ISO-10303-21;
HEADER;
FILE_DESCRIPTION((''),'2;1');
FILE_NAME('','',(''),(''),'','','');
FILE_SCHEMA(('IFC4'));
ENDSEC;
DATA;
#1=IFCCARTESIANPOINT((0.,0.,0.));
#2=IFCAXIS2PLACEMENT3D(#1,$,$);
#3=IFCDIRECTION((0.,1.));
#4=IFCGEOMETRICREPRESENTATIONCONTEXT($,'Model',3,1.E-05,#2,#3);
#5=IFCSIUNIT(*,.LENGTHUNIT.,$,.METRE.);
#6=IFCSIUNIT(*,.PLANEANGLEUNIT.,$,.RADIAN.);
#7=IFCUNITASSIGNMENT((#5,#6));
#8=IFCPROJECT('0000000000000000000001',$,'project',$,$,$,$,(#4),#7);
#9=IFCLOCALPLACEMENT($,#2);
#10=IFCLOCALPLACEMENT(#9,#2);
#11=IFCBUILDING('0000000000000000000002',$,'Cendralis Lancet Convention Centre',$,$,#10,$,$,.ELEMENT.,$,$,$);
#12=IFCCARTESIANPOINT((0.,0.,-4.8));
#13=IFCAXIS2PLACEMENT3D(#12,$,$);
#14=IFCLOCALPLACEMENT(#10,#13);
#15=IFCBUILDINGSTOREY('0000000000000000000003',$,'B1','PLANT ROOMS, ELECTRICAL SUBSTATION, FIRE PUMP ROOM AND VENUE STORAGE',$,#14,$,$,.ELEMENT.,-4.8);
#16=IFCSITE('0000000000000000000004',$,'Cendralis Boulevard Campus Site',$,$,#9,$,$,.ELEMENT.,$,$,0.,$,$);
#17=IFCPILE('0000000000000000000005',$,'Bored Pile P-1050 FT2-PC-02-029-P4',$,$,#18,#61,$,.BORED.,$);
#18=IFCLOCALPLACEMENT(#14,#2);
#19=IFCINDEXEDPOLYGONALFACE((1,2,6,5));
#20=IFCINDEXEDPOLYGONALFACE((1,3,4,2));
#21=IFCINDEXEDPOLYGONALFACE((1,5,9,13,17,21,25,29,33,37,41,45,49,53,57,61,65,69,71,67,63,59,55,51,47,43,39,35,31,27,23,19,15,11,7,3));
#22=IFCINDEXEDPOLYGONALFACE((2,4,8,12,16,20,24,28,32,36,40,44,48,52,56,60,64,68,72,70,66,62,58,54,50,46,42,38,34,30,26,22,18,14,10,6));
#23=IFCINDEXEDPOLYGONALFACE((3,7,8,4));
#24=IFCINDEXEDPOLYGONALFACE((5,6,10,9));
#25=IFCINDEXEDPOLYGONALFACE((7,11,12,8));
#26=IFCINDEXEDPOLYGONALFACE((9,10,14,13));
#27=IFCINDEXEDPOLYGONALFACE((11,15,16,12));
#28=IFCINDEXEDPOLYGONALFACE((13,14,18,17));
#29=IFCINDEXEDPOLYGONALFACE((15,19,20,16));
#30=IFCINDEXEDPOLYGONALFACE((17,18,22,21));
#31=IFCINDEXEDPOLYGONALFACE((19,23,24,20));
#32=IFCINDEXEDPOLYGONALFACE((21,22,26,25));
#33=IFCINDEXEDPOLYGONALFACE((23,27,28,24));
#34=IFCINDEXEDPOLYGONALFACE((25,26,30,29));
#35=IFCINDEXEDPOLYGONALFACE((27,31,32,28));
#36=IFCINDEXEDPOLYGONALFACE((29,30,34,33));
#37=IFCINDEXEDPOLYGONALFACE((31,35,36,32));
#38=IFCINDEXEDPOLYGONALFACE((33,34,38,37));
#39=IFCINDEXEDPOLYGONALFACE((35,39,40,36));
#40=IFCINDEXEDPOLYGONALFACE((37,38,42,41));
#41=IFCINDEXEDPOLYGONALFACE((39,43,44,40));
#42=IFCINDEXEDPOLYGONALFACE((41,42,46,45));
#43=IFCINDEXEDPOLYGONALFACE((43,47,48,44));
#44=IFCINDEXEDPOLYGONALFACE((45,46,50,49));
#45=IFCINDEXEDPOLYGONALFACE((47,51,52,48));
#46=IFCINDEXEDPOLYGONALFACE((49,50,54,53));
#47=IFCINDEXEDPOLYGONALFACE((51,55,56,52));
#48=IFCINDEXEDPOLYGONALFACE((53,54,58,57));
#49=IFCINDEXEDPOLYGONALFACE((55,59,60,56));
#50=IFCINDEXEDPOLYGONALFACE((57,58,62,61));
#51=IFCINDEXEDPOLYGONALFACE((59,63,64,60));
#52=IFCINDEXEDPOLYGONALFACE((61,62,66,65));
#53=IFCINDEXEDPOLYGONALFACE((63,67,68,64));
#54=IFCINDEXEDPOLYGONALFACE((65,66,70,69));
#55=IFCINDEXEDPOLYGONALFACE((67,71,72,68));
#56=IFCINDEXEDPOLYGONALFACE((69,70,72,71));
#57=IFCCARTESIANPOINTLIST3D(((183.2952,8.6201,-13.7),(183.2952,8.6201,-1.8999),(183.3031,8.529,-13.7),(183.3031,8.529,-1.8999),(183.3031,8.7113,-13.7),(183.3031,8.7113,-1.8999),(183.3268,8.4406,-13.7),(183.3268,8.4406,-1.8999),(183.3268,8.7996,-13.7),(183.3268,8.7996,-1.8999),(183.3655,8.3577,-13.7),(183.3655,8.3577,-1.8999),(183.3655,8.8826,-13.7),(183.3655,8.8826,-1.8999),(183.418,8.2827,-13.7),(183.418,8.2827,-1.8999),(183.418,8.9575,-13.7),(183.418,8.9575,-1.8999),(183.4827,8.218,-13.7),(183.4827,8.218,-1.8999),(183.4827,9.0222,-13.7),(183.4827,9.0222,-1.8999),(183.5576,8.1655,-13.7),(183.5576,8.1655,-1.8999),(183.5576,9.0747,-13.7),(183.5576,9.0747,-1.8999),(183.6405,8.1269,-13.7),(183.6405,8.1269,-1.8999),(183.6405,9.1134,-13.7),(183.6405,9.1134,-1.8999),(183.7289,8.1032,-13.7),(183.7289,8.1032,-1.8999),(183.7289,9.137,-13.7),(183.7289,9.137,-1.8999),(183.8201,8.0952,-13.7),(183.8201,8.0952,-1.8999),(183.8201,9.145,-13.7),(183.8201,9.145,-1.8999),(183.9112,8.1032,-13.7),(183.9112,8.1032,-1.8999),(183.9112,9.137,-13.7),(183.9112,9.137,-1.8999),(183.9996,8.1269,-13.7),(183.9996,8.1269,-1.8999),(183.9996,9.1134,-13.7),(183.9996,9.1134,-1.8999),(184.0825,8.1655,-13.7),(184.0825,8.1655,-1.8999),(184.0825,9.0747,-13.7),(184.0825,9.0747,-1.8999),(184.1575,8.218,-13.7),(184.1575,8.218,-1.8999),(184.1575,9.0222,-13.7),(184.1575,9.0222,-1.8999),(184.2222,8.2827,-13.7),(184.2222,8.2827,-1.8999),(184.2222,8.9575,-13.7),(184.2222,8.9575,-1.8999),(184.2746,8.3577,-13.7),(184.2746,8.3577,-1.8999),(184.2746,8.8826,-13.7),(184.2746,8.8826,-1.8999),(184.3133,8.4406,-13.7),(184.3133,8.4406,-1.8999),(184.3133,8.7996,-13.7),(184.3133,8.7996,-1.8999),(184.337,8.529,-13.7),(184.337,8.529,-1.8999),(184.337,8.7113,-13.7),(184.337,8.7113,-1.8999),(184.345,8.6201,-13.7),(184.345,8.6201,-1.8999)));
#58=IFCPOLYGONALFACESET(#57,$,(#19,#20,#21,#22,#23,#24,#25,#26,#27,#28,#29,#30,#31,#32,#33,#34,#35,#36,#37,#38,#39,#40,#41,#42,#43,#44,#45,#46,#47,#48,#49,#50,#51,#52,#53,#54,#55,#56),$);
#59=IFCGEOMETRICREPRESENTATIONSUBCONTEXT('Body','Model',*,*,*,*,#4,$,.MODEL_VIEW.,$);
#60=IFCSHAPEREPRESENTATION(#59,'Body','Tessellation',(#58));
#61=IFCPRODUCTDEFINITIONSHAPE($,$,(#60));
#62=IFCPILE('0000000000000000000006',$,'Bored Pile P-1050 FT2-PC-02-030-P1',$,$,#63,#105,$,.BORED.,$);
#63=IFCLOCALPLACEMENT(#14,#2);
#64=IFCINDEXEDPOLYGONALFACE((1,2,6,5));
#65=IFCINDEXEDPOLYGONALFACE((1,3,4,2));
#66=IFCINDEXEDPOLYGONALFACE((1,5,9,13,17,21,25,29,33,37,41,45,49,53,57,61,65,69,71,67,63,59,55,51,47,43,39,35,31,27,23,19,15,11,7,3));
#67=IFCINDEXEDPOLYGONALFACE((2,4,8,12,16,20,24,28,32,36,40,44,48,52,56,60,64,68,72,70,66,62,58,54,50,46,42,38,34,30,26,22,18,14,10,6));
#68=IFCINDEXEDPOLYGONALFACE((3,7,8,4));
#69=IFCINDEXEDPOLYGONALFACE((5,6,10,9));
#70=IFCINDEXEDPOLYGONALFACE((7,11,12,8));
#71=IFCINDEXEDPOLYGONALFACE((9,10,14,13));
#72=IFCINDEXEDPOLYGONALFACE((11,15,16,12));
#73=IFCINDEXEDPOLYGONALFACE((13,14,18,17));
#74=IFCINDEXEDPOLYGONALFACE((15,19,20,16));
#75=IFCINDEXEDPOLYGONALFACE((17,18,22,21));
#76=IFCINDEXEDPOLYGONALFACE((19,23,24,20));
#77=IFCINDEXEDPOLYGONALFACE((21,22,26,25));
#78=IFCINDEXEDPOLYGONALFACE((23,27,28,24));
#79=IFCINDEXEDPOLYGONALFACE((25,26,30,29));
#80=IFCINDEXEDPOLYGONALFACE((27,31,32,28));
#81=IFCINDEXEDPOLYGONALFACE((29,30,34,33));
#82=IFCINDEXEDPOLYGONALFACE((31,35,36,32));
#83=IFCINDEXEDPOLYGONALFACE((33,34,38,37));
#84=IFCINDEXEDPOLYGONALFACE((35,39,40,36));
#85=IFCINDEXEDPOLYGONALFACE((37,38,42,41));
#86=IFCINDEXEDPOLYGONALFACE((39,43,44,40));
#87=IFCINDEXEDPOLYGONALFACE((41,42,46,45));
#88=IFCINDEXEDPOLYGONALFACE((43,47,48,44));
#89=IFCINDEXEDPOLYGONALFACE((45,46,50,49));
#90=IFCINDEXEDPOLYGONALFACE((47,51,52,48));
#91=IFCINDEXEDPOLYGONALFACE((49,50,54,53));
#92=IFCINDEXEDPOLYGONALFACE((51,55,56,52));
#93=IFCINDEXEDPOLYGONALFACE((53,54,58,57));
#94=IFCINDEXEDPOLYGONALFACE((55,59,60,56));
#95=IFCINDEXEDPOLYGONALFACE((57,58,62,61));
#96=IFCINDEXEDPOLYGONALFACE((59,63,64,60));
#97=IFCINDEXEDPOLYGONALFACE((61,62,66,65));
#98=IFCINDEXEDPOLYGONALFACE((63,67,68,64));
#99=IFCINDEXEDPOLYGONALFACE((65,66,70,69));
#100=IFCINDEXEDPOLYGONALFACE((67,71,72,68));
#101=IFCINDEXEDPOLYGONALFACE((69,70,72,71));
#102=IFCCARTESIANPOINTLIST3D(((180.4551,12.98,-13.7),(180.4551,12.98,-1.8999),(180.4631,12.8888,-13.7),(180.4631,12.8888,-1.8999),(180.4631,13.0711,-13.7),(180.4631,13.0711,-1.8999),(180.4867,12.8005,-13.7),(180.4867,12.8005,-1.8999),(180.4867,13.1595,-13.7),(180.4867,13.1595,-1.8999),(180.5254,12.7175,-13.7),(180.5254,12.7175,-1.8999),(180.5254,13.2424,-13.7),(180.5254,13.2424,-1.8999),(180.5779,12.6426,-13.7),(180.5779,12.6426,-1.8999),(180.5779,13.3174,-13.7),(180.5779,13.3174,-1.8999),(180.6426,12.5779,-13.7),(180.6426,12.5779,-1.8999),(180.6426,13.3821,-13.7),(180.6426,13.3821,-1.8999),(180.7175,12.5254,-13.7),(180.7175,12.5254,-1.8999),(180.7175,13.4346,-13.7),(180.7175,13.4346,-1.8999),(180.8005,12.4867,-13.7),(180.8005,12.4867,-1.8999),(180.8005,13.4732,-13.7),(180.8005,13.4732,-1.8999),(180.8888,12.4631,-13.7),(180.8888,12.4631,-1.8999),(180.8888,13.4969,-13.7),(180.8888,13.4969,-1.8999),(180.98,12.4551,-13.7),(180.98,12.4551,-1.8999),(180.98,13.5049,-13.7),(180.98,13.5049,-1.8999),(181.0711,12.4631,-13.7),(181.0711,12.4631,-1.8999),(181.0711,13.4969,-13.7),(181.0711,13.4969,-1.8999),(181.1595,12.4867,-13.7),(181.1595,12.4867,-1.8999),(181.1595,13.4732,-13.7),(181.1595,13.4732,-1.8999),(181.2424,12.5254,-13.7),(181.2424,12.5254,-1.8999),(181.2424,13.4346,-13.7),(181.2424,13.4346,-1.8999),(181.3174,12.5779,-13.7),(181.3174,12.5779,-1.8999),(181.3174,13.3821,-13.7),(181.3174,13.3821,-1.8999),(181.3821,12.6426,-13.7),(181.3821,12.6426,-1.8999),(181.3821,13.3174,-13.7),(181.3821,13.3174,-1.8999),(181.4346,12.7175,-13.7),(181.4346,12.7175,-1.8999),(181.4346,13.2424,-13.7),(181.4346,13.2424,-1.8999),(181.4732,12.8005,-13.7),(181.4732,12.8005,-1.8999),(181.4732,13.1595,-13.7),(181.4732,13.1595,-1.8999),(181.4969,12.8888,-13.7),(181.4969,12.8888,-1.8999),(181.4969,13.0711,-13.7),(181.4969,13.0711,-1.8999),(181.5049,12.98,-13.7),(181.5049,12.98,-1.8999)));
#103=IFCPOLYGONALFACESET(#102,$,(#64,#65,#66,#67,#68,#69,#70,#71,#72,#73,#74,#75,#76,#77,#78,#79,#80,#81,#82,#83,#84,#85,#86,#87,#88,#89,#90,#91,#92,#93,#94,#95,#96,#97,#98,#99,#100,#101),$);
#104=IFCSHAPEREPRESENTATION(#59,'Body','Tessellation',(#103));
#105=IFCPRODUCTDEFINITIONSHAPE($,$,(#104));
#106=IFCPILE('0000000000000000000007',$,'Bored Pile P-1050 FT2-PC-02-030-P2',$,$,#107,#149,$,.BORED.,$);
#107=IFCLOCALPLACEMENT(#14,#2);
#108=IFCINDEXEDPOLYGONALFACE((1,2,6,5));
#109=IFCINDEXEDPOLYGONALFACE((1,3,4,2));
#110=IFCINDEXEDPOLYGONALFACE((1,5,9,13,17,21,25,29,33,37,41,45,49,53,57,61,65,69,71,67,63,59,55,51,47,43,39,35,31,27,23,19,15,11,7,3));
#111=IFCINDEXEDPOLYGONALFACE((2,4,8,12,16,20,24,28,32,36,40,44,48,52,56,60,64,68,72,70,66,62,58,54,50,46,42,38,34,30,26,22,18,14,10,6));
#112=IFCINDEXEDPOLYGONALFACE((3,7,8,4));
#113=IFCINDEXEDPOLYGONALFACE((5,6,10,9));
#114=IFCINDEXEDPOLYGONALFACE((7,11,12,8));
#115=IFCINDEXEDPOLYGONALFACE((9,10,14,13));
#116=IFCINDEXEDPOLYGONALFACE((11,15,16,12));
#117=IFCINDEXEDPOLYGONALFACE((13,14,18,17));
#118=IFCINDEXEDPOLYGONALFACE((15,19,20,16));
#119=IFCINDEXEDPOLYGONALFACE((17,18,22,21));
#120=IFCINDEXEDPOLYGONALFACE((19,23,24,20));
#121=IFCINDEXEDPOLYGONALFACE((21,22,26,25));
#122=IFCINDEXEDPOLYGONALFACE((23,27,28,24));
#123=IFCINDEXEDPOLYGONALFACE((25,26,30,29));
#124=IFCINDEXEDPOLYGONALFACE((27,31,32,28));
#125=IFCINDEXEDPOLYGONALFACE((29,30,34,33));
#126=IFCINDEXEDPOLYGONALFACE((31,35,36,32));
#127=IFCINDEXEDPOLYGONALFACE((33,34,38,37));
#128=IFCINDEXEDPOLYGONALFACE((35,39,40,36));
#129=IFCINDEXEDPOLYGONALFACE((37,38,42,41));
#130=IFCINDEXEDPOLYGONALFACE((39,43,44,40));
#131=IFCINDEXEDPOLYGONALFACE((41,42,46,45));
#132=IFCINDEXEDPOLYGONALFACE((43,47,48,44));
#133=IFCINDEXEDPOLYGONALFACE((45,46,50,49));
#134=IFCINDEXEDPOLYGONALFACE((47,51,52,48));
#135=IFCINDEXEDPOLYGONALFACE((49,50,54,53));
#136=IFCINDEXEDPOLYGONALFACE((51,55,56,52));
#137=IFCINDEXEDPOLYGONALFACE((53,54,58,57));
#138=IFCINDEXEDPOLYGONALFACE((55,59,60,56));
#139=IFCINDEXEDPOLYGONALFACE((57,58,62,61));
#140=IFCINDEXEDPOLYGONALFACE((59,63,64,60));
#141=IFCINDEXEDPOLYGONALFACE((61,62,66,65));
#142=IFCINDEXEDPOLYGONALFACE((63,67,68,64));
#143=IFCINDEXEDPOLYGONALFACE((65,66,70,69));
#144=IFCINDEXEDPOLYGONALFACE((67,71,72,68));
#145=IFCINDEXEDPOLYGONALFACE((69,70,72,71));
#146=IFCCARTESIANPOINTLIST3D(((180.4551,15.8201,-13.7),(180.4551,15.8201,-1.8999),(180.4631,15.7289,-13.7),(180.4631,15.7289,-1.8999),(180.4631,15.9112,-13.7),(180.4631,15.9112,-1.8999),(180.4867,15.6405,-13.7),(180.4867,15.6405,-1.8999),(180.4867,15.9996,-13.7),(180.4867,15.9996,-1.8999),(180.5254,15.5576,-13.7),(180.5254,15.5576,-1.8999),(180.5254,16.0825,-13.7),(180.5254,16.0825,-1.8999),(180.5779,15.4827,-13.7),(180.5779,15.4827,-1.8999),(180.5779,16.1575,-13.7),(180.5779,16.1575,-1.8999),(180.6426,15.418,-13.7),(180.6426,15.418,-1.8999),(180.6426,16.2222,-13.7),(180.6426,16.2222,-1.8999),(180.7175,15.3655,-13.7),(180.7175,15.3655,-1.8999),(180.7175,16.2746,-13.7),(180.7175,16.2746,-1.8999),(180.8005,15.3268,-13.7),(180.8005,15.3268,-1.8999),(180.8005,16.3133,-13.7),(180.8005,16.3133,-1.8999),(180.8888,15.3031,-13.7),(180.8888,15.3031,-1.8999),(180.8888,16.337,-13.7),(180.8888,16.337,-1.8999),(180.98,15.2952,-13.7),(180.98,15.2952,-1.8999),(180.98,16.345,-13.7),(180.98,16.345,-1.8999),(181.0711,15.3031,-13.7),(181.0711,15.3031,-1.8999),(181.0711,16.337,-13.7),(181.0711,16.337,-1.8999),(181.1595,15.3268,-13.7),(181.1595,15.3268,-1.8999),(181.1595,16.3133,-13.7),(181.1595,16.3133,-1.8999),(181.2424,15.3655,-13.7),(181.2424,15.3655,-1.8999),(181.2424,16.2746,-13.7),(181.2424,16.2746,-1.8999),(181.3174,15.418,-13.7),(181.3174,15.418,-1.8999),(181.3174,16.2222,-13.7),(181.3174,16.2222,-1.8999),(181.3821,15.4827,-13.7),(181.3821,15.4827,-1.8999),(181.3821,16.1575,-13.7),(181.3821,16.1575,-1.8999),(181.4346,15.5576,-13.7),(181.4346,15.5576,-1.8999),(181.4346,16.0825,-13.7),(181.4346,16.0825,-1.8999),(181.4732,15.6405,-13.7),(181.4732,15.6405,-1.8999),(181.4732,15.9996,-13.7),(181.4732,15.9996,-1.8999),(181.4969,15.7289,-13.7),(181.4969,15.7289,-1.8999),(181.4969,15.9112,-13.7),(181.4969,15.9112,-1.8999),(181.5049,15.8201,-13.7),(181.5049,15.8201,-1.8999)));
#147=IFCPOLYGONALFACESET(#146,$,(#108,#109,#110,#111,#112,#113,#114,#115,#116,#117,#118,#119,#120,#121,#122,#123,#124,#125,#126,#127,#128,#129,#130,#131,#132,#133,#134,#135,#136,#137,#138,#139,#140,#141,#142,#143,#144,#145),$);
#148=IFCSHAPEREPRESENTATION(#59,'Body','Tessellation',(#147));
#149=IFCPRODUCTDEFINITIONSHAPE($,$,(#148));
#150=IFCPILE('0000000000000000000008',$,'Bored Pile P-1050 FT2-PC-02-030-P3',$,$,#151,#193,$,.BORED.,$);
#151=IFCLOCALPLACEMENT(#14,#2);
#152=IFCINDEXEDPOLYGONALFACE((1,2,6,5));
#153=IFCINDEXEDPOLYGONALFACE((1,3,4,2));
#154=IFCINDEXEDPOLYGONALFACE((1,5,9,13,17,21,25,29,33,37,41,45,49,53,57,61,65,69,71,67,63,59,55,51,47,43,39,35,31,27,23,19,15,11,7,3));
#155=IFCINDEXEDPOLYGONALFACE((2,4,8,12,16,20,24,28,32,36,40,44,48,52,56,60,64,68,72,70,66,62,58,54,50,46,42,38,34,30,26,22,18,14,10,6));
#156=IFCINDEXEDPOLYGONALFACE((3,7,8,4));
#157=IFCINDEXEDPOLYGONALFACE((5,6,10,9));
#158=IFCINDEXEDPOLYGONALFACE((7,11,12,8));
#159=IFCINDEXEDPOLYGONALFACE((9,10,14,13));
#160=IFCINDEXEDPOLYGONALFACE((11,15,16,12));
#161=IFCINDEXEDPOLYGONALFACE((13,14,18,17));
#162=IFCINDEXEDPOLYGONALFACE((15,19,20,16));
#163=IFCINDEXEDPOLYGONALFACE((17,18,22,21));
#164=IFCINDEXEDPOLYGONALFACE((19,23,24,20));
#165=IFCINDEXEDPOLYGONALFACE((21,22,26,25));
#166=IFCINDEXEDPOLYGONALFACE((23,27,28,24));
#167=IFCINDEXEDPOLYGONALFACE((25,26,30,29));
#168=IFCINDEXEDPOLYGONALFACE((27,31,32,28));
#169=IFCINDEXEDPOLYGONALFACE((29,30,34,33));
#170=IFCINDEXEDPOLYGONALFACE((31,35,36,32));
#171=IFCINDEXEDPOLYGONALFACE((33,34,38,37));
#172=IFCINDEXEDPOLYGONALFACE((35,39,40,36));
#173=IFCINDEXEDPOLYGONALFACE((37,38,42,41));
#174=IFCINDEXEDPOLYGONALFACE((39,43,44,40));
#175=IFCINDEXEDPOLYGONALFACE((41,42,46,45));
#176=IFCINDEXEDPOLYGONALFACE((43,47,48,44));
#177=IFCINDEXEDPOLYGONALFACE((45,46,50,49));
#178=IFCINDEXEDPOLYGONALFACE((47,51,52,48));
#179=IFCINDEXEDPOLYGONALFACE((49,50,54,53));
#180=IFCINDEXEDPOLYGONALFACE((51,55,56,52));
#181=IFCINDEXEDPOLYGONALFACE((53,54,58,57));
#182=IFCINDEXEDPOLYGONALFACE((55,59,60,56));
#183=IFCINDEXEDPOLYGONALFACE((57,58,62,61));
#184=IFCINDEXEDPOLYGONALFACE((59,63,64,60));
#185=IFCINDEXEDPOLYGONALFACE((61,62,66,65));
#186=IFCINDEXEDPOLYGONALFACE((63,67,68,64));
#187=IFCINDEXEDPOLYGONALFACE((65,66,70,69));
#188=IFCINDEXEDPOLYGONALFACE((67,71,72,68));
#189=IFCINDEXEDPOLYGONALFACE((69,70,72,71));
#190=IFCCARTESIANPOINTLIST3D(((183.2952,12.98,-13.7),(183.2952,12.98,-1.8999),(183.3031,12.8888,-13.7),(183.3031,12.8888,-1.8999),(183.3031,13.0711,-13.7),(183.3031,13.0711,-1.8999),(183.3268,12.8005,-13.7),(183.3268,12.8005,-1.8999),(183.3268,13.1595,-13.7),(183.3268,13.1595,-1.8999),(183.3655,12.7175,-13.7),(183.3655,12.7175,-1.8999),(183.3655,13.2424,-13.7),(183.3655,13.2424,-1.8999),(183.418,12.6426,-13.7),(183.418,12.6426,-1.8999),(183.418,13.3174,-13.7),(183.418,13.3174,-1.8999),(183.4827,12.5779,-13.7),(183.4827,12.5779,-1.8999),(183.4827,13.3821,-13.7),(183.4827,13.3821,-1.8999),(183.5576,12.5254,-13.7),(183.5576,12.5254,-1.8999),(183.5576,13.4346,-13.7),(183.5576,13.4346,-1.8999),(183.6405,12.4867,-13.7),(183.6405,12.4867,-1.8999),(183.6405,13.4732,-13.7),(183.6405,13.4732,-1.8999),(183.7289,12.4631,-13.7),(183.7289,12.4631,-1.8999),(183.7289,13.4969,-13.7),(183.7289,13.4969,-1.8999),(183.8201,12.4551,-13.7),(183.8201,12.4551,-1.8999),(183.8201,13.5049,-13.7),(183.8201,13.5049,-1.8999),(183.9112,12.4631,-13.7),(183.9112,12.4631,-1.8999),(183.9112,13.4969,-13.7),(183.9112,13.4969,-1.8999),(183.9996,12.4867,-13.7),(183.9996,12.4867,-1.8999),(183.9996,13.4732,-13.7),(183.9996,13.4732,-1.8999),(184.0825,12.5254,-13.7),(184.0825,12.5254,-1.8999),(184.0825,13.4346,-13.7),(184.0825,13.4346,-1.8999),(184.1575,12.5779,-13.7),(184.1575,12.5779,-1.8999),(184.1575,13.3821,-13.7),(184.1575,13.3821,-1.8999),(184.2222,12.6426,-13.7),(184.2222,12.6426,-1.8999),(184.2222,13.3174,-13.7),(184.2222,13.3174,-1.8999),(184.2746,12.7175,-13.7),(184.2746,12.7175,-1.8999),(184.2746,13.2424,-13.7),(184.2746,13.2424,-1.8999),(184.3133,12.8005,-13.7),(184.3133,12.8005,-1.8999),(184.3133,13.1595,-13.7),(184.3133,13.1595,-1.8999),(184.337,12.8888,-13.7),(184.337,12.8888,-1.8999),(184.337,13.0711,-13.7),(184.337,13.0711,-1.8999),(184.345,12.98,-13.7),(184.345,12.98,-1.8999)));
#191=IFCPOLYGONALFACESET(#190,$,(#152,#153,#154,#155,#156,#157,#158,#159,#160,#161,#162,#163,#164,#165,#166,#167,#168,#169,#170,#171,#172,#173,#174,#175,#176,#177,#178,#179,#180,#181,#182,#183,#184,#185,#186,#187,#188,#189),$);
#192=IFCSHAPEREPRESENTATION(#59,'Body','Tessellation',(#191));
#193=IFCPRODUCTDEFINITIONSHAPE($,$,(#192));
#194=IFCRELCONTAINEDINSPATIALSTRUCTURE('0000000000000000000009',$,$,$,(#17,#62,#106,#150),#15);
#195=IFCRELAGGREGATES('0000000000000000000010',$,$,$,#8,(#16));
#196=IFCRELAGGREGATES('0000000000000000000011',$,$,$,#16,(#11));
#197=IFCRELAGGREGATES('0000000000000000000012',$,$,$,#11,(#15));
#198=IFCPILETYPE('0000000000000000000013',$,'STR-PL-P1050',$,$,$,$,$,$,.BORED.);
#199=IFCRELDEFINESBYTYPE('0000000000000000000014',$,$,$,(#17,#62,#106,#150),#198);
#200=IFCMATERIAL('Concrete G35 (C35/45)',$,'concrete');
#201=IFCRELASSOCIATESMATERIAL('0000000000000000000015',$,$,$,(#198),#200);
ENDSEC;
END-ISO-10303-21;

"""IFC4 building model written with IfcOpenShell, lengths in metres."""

from ifc_helpers import new_model, si_unit, direction, frame, origin, origin_2d, place, context, subcontext, project, spatial, circle, extrude, material, material_profile, profile_set, type_object, element, save


model = new_model("IFC4")

# Units and contexts
model_context = context("Model", 3, precision=1e-05, world=origin(), true_north=direction((0.0, 1.0)))
body_context = subcontext(model_context, "Body", "Model", "MODEL_VIEW")
ifc_project = project(units=[si_unit("LENGTHUNIT", "METRE"), si_unit("PLANEANGLEUNIT", "RADIAN")], contexts=[model_context])

# Site, building, storey
site_placement = place(None, origin())
site = spatial("IfcSite", under=ifc_project, at=site_placement, Name="Cendralis Boulevard Campus Site", CompositionType="ELEMENT", RefElevation=0.0)
building_placement = place(site_placement, origin())
building = spatial("IfcBuilding", under=site, at=building_placement, Name="Cendralis Lancet Convention Centre", CompositionType="ELEMENT")
storey_placement = place(building_placement, frame((0.0, 0.0, -4.8)))
storey = spatial("IfcBuildingStorey", under=building, at=storey_placement, Name="B1", Description="PLANT ROOMS, ELECTRICAL SUBSTATION, FIRE PUMP ROOM AND VENUE STORAGE", CompositionType="ELEMENT", Elevation=-4.8)

# Shared definitions
ifc_material_1 = material(Name="Concrete G35 (C35/45)", Category="concrete")

# Piles
ifc_material_profile_1 = material_profile(ifc_material_1, circle(Radius=0.5249, at=origin_2d()), Name="BORED PILE D1050")
ifc_profile_set_1 = profile_set([ifc_material_profile_1], Name="Concrete G35 (C35/45)")
pile_type = type_object("IfcPileType", Name="STR-PL-P1050", PredefinedType="BORED", material=ifc_profile_set_1)
for number, where, z_axis, x_axis, name in (
    (1, (183.8201, 8.6201, -1.8999), (0.0, 0.0, -1.0), (1.0, 0.0, 0.0), "Bored Pile P-1050 FT2-PC-02-029-P4"),
    (2, (180.98, 12.98, -1.8999), (0.0, 0.0, -1.0), (1.0, 0.0, 0.0), "Bored Pile P-1050 FT2-PC-02-030-P1"),
    (3, (180.98, 15.8201, -1.8999), (0.0, 0.0, -1.0), (1.0, 0.0, 0.0), "Bored Pile P-1050 FT2-PC-02-030-P2"),
    (4, (183.8201, 12.98, -1.8999), (0.0, 0.0, -1.0), (1.0, 0.0, 0.0), "Bored Pile P-1050 FT2-PC-02-030-P3"),
):
    element("IfcPile", number, at=place(storey_placement, frame(where, z_axis=z_axis, x_axis=x_axis)), inside=storey, type_object=pile_type, Name=name, PredefinedType="BORED", context=body_context, shape_type="SweptSolid", body=[
        extrude(circle(Radius=0.5249, at=origin_2d()), origin(), (0.0, 0.0, 1.0), 11.8),
    ])

save(model, "model.ifc")
